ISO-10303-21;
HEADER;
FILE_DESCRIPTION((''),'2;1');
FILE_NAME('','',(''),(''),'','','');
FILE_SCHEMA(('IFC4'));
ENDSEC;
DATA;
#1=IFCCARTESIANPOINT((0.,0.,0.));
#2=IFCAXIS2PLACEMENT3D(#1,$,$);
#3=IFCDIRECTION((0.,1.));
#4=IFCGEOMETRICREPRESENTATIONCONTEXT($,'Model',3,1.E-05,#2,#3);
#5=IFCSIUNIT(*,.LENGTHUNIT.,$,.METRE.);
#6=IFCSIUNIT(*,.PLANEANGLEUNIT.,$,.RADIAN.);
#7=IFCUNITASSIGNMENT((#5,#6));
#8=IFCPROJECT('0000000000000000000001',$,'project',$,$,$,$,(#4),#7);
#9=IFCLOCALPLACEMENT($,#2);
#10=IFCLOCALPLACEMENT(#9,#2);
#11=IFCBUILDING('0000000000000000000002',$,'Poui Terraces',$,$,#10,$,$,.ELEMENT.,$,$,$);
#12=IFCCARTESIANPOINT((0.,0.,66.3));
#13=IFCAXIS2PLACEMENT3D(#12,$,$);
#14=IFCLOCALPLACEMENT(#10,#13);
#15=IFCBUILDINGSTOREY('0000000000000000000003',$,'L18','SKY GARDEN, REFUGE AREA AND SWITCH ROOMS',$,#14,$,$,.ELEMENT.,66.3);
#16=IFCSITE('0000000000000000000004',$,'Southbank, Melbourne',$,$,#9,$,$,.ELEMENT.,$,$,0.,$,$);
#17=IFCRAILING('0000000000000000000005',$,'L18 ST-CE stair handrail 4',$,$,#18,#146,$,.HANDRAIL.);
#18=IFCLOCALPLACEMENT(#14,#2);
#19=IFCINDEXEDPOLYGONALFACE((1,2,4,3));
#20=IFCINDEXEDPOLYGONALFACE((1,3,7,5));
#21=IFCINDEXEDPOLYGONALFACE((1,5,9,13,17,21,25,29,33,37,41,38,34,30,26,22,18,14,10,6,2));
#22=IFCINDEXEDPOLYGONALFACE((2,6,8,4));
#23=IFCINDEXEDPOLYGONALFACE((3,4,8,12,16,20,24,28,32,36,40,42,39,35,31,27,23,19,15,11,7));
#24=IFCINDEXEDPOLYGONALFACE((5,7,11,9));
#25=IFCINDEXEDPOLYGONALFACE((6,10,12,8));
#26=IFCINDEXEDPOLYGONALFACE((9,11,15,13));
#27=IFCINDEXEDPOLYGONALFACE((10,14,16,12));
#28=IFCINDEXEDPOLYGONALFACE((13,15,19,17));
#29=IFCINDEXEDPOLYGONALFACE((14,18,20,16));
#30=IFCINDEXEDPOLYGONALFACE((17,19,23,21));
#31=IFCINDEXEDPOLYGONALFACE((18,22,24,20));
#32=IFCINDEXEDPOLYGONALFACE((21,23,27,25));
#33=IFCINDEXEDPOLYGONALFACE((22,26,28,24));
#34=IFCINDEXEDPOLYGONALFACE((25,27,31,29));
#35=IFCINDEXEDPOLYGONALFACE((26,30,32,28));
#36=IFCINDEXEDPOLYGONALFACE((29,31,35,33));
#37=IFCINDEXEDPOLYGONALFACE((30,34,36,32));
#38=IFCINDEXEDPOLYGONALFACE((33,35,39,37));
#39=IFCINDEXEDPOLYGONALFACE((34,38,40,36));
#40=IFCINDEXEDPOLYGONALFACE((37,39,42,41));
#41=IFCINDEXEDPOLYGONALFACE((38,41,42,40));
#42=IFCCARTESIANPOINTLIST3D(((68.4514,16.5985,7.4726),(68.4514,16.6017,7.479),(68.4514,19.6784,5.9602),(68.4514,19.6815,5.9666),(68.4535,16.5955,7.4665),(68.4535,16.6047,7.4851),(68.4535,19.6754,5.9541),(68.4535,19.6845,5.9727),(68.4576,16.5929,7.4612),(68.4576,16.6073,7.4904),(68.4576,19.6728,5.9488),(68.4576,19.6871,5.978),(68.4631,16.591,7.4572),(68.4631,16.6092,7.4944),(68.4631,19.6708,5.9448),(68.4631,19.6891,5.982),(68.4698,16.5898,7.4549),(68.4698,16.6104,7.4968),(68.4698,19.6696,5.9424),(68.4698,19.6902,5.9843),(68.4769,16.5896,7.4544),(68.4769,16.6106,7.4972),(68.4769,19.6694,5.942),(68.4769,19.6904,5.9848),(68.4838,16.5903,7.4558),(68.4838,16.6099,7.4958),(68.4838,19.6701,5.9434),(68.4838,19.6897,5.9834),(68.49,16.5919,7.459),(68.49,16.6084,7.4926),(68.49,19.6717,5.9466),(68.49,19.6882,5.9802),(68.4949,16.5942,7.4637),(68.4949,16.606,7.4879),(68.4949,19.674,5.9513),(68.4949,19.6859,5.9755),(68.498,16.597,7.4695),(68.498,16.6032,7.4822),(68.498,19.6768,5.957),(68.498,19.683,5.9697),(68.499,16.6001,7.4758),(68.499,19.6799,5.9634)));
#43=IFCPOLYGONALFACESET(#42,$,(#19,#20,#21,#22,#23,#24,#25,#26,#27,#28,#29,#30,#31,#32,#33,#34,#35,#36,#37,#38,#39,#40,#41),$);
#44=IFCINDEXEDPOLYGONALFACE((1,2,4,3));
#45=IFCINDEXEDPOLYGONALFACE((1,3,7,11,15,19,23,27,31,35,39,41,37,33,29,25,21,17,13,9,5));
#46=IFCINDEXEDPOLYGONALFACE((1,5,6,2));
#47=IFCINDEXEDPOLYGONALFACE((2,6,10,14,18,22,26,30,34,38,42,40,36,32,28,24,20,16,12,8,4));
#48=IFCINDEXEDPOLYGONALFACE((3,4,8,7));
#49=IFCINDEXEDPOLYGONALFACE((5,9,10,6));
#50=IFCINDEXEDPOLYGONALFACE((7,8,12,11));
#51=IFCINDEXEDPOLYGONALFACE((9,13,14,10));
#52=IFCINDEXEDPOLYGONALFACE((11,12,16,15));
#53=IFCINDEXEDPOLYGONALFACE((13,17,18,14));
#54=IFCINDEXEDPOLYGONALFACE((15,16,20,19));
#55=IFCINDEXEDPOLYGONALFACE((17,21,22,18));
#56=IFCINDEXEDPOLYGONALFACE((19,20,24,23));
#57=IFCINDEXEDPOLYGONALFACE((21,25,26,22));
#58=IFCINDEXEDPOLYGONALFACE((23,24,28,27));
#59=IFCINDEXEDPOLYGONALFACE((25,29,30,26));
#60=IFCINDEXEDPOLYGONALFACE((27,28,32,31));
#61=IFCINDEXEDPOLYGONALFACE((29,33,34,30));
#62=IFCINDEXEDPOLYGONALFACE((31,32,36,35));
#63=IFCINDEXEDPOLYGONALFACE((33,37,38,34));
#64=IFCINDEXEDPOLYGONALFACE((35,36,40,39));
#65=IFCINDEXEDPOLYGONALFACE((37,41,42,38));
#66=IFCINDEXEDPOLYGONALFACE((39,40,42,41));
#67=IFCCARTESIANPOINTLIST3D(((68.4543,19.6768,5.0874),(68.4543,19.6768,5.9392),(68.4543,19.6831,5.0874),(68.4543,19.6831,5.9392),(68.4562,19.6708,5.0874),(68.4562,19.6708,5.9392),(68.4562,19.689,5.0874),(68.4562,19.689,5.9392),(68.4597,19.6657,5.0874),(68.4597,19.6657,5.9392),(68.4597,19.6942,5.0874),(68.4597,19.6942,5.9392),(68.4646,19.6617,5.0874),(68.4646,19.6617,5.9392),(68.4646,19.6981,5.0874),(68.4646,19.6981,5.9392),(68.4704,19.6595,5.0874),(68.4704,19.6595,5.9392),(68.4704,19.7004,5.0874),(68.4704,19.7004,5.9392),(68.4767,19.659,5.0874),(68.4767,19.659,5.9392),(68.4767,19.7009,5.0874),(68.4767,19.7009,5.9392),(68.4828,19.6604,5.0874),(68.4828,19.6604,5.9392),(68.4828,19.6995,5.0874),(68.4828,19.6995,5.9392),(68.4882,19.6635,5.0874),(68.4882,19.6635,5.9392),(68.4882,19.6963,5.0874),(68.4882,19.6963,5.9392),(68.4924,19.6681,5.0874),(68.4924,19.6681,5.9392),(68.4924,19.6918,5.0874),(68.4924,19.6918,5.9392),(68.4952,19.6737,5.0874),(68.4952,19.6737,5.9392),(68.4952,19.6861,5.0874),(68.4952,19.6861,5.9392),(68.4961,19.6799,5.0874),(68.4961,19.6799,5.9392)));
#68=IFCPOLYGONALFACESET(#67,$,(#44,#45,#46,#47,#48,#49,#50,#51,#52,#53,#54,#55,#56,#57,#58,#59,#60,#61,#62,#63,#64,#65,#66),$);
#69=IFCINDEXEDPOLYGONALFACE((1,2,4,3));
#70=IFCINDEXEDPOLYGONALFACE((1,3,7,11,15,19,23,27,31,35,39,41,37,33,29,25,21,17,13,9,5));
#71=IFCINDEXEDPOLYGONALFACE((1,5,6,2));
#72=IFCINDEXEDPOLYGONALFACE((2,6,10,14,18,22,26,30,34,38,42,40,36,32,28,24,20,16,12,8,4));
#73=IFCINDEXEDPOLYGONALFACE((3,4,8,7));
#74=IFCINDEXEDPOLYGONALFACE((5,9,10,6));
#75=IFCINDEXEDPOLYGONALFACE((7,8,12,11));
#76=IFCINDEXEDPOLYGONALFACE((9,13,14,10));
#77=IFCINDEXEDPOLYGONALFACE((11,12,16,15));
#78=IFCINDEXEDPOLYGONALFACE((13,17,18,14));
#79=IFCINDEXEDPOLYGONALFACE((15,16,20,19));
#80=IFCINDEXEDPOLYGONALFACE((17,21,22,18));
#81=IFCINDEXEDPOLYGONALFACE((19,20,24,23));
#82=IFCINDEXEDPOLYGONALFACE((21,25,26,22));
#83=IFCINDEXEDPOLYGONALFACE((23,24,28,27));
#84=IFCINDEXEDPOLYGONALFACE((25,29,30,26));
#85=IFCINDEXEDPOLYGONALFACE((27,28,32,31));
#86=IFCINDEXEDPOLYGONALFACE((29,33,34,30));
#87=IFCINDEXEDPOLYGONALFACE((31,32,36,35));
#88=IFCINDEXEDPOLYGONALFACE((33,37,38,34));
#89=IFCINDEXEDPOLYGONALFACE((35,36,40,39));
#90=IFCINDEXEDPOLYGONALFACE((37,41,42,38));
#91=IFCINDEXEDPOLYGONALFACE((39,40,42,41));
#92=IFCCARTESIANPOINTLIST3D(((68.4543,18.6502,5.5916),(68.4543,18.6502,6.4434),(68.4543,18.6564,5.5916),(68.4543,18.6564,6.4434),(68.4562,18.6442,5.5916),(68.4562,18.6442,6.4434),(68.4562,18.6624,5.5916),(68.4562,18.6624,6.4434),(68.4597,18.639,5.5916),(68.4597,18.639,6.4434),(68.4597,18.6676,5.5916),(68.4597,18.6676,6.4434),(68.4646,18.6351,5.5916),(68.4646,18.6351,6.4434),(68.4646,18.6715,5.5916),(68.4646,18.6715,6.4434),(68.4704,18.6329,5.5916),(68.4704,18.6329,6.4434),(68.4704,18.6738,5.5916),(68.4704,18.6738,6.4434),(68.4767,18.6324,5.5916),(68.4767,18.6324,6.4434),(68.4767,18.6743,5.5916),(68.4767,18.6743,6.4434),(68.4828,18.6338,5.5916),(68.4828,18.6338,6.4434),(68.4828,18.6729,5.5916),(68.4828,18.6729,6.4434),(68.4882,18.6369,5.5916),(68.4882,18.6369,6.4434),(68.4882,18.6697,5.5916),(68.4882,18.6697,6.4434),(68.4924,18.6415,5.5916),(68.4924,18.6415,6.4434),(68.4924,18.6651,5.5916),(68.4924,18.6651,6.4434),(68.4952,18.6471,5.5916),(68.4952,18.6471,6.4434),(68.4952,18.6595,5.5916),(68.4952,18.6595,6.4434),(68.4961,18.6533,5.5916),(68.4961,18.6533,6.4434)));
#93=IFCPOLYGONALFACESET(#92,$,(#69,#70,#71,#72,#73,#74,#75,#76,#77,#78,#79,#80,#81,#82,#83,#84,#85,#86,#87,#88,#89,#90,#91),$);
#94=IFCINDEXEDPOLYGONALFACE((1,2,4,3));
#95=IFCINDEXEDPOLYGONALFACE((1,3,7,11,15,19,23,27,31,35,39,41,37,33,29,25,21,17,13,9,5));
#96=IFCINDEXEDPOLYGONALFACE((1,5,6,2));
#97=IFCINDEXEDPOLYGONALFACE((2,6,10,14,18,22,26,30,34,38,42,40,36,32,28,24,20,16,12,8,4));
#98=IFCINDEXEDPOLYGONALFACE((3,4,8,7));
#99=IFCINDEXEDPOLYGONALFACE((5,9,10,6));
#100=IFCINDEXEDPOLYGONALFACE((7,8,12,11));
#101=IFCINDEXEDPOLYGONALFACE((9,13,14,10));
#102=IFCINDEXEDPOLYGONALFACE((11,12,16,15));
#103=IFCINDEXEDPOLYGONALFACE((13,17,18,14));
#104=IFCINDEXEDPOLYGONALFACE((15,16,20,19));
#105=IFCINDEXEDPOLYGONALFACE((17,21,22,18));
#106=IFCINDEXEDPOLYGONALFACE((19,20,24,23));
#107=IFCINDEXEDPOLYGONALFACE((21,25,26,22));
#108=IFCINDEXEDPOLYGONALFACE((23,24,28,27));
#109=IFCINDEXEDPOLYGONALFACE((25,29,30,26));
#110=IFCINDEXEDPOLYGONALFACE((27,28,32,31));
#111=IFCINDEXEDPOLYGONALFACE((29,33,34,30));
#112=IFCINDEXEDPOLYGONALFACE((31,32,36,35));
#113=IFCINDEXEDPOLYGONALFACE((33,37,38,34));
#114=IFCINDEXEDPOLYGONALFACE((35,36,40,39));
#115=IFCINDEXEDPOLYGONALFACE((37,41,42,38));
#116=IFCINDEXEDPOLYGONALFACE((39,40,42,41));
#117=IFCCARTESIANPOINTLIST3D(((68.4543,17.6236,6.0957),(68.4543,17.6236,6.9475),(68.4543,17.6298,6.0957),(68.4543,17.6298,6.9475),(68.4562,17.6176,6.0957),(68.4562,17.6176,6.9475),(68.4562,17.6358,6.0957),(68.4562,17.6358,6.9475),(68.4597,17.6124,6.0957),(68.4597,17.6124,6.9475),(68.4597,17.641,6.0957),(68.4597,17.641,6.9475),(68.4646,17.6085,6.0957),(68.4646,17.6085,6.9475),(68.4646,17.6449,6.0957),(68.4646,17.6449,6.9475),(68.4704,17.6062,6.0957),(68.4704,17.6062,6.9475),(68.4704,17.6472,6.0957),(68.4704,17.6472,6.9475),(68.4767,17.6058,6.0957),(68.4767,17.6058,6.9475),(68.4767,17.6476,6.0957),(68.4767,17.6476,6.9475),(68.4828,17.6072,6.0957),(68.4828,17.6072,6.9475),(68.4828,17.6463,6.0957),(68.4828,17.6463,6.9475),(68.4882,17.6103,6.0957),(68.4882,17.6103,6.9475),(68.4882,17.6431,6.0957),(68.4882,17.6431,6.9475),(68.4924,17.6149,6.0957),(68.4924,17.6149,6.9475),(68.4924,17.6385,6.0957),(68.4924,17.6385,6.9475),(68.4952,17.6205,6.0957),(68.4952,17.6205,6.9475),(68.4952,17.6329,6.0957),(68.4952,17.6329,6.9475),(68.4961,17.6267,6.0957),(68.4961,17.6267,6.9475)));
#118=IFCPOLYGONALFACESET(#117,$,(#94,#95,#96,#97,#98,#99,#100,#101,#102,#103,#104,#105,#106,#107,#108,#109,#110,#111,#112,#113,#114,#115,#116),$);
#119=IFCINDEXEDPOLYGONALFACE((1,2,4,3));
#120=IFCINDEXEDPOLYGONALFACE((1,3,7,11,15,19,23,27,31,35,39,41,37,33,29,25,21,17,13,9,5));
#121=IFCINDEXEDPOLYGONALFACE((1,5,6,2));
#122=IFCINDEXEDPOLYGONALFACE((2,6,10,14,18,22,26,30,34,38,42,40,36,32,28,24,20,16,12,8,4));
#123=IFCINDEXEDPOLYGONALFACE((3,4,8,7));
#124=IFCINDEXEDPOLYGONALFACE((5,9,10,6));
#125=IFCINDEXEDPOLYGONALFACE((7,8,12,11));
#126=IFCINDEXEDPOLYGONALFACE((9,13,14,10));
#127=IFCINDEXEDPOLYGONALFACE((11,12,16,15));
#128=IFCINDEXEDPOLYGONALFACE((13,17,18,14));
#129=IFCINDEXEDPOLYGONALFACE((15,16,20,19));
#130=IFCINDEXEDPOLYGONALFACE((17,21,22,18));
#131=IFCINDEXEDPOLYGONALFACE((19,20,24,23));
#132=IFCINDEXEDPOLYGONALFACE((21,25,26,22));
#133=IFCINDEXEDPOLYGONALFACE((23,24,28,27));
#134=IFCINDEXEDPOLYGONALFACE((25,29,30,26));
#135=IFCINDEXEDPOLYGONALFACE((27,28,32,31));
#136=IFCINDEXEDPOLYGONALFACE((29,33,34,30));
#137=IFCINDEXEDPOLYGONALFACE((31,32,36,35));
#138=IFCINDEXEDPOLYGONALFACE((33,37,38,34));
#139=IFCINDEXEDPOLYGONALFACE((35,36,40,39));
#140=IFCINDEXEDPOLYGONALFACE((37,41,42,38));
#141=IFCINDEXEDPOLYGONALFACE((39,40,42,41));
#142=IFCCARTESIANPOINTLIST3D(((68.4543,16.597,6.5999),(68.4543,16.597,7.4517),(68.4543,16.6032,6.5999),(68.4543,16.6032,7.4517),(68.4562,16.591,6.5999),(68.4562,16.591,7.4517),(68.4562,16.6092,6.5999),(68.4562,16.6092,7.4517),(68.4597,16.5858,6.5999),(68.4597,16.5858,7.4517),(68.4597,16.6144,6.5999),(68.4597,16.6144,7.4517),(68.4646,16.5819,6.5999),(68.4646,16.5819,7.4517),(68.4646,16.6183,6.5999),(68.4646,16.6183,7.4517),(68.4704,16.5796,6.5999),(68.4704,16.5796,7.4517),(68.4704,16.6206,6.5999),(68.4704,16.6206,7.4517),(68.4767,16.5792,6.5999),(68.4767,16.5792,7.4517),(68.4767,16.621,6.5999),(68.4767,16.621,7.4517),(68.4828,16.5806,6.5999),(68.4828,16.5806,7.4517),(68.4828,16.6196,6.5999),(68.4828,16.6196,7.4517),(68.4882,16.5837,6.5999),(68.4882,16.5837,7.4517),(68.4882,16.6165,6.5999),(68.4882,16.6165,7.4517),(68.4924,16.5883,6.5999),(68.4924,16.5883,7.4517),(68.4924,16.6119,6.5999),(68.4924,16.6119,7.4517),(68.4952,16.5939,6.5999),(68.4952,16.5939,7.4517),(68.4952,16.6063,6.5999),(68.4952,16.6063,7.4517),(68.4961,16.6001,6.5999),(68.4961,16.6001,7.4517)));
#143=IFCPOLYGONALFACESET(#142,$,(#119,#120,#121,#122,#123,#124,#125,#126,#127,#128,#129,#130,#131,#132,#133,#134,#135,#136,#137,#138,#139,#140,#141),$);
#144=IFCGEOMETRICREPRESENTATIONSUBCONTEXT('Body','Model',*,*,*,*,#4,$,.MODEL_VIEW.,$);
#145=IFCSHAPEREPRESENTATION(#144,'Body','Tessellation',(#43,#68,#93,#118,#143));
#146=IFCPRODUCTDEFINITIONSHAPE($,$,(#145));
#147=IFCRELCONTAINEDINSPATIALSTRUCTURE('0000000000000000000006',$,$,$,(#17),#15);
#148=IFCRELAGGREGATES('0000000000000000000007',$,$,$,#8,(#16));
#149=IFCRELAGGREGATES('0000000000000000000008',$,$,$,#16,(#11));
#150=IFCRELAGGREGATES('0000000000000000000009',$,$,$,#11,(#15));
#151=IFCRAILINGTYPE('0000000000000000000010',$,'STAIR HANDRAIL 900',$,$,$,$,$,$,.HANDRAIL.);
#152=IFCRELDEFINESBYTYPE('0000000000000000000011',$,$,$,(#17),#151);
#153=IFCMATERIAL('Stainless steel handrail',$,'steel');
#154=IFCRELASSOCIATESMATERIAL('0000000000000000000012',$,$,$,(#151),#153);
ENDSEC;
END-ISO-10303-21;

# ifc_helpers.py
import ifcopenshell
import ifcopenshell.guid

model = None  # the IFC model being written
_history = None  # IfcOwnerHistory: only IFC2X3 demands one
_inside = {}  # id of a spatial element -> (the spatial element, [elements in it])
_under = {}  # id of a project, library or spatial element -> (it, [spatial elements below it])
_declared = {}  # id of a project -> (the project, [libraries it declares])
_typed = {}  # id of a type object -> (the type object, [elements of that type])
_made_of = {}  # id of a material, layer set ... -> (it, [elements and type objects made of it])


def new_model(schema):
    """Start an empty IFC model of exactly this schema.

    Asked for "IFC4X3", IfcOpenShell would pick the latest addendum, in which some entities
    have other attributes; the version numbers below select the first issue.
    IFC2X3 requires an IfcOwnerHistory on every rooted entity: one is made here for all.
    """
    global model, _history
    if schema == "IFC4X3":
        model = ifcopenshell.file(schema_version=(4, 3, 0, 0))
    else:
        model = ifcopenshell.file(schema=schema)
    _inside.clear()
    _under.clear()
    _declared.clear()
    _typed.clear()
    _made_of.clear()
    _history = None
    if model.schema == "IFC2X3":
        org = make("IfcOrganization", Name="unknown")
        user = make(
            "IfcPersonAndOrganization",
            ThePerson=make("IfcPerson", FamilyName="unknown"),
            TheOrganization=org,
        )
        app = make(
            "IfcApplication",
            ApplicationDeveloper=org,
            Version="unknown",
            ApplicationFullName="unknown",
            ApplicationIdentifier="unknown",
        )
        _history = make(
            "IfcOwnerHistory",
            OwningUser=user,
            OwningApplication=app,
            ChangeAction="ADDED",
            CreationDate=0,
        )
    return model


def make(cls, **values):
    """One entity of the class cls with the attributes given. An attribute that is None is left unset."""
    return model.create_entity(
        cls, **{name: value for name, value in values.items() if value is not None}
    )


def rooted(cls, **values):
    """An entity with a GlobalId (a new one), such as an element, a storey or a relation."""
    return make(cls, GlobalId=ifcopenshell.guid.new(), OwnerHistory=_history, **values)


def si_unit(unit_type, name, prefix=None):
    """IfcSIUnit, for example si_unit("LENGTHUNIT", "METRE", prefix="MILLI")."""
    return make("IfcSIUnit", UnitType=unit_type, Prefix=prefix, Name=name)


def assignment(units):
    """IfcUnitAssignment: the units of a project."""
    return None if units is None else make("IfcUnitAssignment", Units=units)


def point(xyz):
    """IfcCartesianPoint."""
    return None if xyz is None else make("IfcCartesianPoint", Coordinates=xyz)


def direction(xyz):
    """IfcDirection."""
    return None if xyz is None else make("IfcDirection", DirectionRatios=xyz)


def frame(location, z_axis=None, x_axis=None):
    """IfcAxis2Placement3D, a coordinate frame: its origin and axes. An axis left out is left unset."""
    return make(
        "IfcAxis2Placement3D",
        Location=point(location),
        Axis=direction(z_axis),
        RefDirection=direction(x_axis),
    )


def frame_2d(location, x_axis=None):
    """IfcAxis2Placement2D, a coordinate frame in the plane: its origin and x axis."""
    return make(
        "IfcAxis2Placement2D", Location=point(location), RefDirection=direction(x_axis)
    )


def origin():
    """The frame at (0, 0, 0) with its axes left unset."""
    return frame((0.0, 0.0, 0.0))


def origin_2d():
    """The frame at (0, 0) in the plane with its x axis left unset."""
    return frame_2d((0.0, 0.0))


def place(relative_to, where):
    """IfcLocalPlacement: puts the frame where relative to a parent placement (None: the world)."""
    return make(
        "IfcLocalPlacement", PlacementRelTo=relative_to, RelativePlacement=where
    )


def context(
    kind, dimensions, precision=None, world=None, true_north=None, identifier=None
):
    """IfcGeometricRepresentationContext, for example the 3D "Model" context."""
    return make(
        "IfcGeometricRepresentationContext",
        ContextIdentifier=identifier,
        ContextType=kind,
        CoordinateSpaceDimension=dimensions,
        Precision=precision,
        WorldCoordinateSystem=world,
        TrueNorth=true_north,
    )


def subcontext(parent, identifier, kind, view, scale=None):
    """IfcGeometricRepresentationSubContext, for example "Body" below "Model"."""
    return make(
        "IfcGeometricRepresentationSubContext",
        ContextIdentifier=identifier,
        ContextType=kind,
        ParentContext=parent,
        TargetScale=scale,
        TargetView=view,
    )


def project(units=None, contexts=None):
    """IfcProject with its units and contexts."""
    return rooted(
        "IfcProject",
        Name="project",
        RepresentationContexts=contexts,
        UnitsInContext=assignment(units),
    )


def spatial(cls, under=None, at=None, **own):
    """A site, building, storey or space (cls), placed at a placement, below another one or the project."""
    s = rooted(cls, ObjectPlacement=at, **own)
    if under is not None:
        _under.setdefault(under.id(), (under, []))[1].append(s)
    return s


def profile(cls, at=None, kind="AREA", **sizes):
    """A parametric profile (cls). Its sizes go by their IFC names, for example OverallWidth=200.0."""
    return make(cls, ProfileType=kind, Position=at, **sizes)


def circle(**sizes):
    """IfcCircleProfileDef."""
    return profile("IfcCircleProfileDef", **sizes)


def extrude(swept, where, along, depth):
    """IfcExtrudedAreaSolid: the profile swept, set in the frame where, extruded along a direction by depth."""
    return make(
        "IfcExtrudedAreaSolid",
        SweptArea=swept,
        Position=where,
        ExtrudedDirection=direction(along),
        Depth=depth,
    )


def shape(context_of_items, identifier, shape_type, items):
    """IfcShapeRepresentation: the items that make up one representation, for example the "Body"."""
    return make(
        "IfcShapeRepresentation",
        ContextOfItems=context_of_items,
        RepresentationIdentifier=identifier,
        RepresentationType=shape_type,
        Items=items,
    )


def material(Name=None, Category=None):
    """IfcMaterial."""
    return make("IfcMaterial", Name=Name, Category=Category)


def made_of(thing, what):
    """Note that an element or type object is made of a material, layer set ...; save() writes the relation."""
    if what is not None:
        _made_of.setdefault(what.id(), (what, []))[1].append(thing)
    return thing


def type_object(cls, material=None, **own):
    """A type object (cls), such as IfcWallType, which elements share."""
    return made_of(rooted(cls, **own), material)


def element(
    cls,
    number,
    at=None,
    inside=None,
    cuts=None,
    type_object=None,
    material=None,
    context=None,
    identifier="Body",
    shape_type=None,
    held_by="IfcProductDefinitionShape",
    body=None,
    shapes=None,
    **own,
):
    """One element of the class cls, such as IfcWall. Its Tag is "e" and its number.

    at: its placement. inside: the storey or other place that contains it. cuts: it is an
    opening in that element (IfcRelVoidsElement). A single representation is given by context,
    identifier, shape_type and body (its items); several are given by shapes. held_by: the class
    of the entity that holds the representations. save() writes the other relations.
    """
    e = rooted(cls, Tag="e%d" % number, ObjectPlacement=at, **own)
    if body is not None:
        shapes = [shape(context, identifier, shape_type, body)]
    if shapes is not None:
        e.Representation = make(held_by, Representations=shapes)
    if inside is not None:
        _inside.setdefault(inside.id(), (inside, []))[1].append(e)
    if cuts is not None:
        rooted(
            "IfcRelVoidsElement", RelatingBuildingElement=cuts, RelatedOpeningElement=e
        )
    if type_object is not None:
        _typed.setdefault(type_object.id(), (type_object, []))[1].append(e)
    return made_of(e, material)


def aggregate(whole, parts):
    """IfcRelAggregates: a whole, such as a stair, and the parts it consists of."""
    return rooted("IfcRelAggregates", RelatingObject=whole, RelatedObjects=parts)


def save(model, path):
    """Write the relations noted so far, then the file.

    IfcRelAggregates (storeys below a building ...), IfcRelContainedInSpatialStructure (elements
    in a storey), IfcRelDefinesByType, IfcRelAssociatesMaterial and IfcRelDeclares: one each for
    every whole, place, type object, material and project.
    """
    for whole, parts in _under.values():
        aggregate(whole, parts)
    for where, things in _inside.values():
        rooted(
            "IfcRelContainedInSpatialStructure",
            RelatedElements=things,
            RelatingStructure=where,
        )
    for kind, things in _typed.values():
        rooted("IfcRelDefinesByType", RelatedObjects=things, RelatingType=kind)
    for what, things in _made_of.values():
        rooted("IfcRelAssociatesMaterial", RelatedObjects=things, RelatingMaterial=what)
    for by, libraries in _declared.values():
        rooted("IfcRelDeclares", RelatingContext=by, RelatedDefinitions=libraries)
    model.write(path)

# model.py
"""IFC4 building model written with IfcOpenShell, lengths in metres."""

from ifc_helpers import new_model, si_unit, direction, frame, origin, origin_2d, place, context, subcontext, project, spatial, circle, extrude, material, type_object, element, save


model = new_model("IFC4")

# Units and contexts
model_context = context("Model", 3, precision=1e-05, world=origin(), true_north=direction((0.0, 1.0)))
body_context = subcontext(model_context, "Body", "Model", "MODEL_VIEW")
ifc_project = project(units=[si_unit("LENGTHUNIT", "METRE"), si_unit("PLANEANGLEUNIT", "RADIAN")], contexts=[model_context])

# Site, building, storey
site_placement = place(None, origin())
site = spatial("IfcSite", under=ifc_project, at=site_placement, Name="Southbank, Melbourne", CompositionType="ELEMENT", RefElevation=0.0)
building_placement = place(site_placement, origin())
building = spatial("IfcBuilding", under=site, at=building_placement, Name="Poui Terraces", CompositionType="ELEMENT")
storey_placement = place(building_placement, frame((0.0, 0.0, 66.3)))
storey = spatial("IfcBuildingStorey", under=building, at=storey_placement, Name="L18", Description="SKY GARDEN, REFUGE AREA AND SWITCH ROOMS", CompositionType="ELEMENT", Elevation=66.3)

# Railing
ifc_material_1 = material(Name="Stainless steel handrail", Category="steel")
railing_type_1 = type_object("IfcRailingType", Name="STAIR HANDRAIL 900", PredefinedType="HANDRAIL", material=ifc_material_1)
railing_1_placement = place(storey_placement, frame((68.4751, 19.6799, 5.0874)))
element("IfcRailing", 1, at=railing_1_placement, inside=storey, type_object=railing_type_1, Name="L18 ST-CE stair handrail 4", PredefinedType="HANDRAIL", context=body_context, shape_type="SweptSolid", body=[
    extrude(circle(Radius=0.0239, at=origin_2d()), frame((0.0, 0.0, 0.876), z_axis=(0.0, -0.897606, 0.440798), x_axis=(1.0, 0.0, 0.0)), (0.0, 0.0, 1.0), 3.4312),
    extrude(circle(Radius=0.021, at=origin_2d()), origin(), (0.0, 0.0, 1.0), 0.8518),
    extrude(circle(Radius=0.021, at=origin_2d()), frame((0.0, -1.0266, 0.5042)), (0.0, 0.0, 1.0), 0.8518),
    extrude(circle(Radius=0.021, at=origin_2d()), frame((0.0, -2.0532, 1.0083)), (0.0, 0.0, 1.0), 0.8518),
    extrude(circle(Radius=0.021, at=origin_2d()), frame((0.0, -3.0798, 1.5125)), (0.0, 0.0, 1.0), 0.8518),
])

save(model, "model.ifc")
